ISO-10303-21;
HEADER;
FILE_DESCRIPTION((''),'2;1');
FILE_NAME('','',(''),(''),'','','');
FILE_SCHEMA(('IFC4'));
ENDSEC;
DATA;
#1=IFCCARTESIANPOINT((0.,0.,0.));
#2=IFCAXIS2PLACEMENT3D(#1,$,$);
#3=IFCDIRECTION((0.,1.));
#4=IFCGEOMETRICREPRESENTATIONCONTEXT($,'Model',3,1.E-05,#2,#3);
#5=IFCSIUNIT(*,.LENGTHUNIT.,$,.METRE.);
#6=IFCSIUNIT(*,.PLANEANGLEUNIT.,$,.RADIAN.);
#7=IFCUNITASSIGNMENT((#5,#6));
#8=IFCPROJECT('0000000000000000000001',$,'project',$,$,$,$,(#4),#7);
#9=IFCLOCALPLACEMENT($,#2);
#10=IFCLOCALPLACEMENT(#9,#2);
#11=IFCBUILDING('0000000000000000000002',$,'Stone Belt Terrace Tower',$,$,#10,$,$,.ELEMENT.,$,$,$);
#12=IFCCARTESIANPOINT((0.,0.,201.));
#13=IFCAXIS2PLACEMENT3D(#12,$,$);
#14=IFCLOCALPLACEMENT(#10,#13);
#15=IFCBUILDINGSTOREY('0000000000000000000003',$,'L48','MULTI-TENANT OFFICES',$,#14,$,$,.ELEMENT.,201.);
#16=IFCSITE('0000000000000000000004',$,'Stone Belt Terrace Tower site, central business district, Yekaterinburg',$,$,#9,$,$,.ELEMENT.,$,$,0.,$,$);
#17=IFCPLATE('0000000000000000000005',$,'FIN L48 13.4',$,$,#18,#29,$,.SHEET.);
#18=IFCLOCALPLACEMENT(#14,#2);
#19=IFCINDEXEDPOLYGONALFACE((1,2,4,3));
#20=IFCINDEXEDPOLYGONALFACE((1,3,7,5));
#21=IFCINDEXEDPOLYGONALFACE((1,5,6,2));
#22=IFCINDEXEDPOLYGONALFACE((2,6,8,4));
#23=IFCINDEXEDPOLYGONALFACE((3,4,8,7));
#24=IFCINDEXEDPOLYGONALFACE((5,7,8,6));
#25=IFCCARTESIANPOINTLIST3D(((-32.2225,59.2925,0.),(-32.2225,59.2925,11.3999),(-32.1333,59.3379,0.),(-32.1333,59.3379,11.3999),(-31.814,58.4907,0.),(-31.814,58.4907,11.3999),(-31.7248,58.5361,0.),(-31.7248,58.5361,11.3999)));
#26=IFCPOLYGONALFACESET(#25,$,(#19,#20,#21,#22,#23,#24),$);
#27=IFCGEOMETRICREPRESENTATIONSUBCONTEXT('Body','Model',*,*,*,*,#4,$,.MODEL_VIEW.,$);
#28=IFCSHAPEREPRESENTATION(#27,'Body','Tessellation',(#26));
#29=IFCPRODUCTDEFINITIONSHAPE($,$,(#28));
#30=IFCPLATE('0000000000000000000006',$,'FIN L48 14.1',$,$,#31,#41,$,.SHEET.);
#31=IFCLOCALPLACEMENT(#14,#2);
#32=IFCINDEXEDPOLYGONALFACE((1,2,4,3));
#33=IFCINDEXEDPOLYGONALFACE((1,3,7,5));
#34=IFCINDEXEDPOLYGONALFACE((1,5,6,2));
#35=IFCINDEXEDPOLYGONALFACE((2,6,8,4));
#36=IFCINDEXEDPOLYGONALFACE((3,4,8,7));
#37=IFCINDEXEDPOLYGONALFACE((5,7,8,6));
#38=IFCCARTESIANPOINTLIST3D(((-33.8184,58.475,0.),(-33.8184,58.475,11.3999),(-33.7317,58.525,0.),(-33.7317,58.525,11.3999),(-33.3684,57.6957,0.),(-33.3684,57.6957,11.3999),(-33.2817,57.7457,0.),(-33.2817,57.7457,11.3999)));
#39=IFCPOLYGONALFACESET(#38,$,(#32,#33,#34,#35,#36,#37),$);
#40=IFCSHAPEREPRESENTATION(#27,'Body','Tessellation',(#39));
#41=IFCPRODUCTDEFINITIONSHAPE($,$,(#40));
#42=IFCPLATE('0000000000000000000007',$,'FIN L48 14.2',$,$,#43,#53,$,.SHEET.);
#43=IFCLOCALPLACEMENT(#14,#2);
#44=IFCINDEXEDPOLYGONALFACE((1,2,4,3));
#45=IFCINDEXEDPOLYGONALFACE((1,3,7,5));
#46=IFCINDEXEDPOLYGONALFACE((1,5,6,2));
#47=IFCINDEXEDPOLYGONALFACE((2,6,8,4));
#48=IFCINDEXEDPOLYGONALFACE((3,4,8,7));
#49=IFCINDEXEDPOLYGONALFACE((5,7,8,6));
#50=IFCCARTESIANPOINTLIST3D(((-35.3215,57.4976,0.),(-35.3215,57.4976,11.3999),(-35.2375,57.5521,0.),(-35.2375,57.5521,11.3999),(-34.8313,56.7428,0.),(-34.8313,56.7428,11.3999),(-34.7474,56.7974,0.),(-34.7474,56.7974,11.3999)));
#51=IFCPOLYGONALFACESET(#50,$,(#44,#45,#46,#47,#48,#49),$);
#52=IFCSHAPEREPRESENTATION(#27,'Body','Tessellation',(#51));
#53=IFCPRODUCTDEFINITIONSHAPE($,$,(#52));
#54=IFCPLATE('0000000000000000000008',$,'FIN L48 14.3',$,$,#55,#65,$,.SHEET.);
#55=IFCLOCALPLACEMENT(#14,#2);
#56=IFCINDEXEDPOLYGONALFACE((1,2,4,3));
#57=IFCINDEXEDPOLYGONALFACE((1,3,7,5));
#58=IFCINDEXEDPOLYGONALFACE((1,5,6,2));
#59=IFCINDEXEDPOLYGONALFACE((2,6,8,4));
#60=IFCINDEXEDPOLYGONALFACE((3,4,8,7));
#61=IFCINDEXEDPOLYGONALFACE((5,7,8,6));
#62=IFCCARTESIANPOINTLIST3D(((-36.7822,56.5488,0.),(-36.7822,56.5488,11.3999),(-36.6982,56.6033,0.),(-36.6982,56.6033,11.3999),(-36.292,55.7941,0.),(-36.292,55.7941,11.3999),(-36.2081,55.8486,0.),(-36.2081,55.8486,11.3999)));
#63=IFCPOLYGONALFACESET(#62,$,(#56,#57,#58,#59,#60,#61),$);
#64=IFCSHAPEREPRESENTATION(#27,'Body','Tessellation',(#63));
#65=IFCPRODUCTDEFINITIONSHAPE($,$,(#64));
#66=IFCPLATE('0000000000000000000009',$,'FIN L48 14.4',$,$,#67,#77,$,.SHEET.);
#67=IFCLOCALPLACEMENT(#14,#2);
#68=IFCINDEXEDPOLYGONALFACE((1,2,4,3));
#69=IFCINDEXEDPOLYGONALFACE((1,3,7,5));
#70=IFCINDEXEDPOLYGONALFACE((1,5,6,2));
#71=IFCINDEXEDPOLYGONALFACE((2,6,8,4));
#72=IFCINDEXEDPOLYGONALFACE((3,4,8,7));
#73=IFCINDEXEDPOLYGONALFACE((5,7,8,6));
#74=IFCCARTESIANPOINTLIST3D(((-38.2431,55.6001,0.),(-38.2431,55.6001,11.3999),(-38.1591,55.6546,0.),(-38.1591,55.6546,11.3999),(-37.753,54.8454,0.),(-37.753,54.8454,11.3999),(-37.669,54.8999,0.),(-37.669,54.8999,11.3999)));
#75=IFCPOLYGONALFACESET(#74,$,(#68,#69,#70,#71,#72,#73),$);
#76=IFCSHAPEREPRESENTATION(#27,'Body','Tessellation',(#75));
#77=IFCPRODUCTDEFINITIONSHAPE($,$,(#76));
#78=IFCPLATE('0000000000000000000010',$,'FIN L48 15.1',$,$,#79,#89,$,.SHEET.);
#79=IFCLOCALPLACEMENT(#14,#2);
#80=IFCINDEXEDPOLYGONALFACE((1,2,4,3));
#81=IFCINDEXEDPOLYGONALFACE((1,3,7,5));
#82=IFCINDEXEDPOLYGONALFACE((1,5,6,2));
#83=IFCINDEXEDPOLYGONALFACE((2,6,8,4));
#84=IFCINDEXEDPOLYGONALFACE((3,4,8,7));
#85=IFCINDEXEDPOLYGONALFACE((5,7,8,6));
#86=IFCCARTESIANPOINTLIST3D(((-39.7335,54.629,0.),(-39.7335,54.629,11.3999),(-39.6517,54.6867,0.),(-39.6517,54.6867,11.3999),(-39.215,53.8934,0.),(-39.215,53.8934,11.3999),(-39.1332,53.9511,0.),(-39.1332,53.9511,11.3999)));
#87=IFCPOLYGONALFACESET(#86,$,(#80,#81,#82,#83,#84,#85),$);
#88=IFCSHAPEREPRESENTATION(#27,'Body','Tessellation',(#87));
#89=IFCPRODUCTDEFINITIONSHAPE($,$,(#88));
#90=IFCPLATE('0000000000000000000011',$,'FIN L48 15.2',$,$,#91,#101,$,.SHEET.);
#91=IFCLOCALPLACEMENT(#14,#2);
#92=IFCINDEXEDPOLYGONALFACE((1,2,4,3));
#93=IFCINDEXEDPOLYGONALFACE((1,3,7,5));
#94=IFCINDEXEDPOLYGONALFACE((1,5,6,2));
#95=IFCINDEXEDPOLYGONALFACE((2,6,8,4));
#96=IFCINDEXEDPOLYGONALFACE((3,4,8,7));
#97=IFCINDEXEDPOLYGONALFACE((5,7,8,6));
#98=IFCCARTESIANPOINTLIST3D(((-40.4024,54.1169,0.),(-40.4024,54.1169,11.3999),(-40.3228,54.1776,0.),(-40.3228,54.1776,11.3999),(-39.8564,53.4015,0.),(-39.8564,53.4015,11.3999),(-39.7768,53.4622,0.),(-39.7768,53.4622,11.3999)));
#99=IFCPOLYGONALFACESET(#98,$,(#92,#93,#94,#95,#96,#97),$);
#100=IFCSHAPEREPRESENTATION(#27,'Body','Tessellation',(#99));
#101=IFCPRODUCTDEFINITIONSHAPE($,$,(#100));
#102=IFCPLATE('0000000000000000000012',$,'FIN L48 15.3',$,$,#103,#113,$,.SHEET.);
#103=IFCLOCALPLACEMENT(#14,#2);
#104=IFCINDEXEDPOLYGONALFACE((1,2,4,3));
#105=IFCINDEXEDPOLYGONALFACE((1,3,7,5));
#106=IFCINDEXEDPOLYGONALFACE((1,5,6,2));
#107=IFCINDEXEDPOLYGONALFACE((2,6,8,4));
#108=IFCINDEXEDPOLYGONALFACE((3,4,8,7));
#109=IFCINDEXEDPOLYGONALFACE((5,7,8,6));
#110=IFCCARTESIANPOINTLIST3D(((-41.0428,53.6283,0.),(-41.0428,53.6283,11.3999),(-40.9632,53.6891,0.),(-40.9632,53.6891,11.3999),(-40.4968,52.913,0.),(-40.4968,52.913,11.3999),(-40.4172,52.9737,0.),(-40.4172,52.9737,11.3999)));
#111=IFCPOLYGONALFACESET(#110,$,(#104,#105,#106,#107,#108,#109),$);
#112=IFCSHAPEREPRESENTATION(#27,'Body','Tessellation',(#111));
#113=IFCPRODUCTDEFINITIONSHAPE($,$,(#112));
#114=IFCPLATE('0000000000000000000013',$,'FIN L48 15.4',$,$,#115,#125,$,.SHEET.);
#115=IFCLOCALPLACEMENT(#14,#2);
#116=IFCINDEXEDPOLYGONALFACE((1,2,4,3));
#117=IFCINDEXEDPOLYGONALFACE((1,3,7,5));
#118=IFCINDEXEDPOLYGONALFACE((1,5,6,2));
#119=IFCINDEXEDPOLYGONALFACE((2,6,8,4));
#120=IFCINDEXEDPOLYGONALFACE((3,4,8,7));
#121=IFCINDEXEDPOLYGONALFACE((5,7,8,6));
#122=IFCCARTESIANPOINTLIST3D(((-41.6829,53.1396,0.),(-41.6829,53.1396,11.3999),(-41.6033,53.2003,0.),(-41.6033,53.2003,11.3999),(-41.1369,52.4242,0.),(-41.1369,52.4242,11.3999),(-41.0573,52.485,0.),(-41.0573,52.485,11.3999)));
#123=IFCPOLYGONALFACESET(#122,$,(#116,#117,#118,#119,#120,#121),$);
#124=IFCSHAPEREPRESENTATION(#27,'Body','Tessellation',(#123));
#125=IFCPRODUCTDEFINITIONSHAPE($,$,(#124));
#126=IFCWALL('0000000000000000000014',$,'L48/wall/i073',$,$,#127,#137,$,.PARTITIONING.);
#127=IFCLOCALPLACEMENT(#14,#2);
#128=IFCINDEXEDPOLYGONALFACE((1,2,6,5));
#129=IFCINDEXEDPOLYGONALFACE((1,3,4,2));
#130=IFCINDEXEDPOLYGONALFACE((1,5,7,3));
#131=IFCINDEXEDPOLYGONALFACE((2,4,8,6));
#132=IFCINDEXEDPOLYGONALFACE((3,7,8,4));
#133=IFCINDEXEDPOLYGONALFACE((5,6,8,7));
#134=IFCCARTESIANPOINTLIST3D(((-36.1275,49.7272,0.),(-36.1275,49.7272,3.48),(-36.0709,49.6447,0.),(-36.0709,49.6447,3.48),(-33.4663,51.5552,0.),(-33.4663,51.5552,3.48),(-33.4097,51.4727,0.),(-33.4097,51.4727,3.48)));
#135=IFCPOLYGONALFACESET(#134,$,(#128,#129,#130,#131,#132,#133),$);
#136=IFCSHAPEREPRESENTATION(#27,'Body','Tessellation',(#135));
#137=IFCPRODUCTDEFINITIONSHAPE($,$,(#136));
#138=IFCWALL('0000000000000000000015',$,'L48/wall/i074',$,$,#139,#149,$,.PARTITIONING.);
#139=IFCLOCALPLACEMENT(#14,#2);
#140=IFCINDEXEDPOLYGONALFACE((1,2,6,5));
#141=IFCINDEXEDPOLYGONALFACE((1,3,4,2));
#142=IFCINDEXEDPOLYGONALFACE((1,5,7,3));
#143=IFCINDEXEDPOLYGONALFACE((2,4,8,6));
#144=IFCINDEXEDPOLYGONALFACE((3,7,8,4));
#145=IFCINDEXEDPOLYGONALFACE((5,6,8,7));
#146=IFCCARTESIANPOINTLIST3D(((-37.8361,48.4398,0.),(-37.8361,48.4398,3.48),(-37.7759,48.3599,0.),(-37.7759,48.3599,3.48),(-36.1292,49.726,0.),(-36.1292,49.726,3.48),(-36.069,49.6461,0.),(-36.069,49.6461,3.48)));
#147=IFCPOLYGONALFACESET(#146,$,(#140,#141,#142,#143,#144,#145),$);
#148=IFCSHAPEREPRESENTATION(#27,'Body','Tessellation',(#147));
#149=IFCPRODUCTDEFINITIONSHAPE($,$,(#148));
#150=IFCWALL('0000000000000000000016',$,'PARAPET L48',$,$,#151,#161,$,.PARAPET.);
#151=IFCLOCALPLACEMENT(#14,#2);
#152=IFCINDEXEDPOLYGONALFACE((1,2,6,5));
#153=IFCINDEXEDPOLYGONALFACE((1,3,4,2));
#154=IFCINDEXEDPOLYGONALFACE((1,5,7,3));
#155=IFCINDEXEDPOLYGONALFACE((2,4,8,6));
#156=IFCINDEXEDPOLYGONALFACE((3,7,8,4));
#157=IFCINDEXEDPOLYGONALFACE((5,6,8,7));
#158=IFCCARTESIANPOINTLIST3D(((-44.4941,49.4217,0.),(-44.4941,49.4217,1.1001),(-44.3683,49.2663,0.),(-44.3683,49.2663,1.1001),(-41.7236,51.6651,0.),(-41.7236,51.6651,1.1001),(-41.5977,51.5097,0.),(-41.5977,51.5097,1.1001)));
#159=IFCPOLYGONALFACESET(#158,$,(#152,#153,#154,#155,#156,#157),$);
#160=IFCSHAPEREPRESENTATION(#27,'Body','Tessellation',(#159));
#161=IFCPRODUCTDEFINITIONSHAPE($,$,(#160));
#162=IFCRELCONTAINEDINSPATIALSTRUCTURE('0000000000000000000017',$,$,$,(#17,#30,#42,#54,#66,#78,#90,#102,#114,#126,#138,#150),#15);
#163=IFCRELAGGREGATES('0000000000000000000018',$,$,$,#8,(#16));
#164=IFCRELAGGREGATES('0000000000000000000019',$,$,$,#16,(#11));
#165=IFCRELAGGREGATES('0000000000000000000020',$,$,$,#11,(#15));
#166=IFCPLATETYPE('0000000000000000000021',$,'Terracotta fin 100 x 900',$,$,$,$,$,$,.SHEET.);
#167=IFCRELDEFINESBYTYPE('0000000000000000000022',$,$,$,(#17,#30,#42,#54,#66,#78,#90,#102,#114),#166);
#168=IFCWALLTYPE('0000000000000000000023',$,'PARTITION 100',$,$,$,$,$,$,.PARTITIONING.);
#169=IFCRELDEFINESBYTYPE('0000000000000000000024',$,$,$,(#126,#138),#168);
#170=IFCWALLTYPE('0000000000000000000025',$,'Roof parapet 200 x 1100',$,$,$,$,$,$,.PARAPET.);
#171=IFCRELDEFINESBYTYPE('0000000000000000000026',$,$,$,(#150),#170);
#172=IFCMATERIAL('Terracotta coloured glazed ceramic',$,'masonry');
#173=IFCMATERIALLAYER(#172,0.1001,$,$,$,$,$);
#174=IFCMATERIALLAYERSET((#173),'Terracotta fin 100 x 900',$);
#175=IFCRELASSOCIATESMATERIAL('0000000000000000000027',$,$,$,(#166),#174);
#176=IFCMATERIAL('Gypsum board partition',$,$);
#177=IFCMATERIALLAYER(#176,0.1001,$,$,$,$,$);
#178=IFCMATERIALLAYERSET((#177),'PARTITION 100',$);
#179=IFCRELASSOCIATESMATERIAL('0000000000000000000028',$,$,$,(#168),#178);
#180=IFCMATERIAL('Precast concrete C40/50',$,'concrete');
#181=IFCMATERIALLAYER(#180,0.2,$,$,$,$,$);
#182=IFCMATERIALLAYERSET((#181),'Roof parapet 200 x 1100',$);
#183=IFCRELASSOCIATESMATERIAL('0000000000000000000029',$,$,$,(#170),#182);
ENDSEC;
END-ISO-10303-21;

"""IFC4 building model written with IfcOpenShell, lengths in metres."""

from ifc_helpers import new_model, si_unit, direction, frame, frame_2d, origin, origin_2d, place, context, subcontext, project, spatial, rectangle, extrude, material, layer, layer_set, type_object, element, save


model = new_model("IFC4")

# Units and contexts
model_context = context("Model", 3, precision=1e-05, world=origin(), true_north=direction((0.0, 1.0)))
body_context = subcontext(model_context, "Body", "Model", "MODEL_VIEW")
ifc_project = project(units=[si_unit("LENGTHUNIT", "METRE"), si_unit("PLANEANGLEUNIT", "RADIAN")], contexts=[model_context])

# Site, building, storey
site_placement = place(None, origin())
site = spatial("IfcSite", under=ifc_project, at=site_placement, Name="Stone Belt Terrace Tower site, central business district, Yekaterinburg", CompositionType="ELEMENT", RefElevation=0.0)
building_placement = place(site_placement, origin())
building = spatial("IfcBuilding", under=site, at=building_placement, Name="Stone Belt Terrace Tower", CompositionType="ELEMENT")
storey_placement = place(building_placement, frame((0.0, 0.0, 201.0)))
storey = spatial("IfcBuildingStorey", under=building, at=storey_placement, Name="L48", Description="MULTI-TENANT OFFICES", CompositionType="ELEMENT", Elevation=201.0)

# Plates
ifc_material_1 = material(Name="Terracotta coloured glazed ceramic", Category="masonry")
ifc_layer_1 = layer(ifc_material_1, 0.1001)
ifc_layer_set_1 = layer_set([ifc_layer_1], Name="Terracotta fin 100 x 900")
plate_type_1 = type_object("IfcPlateType", Name="Terracotta fin 100 x 900", PredefinedType="SHEET", material=ifc_layer_set_1)
for number, where, z_axis, x_axis, name in (
    (1, (-31.9736, 58.9143, 0.0), (0.0, 0.0, 1.0), (-0.45399, 0.891007, 0.0), "FIN L48 13.4"),
    (2, (-33.55, 58.1104, 0.0), (0.0, 0.0, 1.0), (-0.5, 0.866025, 0.0), "FIN L48 14.1"),
    (3, (-35.0344, 57.1475, 0.0), (0.0, 0.0, 1.0), (-0.544639, 0.838671, 0.0), "FIN L48 14.2"),
    (4, (-36.4951, 56.1987, 0.0), (0.0, 0.0, 1.0), (-0.544639, 0.838671, 0.0), "FIN L48 14.3"),
    (5, (-37.9561, 55.25, 0.0), (0.0, 0.0, 1.0), (-0.544639, 0.838671, 0.0), "FIN L48 14.4"),
    (6, (-39.4333, 54.29, 0.0), (0.0, 0.0, 1.0), (-0.576102, 0.817378, 0.0), "FIN L48 15.1"),
    (7, (-40.0896, 53.7896, 0.0), (0.0, 0.0, 1.0), (-0.606733, 0.794905, 0.0), "FIN L48 15.2"),
    (8, (-40.73, 53.301, 0.0), (0.0, 0.0, 1.0), (-0.606733, 0.794905, 0.0), "FIN L48 15.3"),
    (9, (-41.3701, 52.8123, 0.0), (0.0, 0.0, 1.0), (-0.606733, 0.794905, 0.0), "FIN L48 15.4"),
):
    element("IfcPlate", number, at=place(storey_placement, frame(where, z_axis=z_axis, x_axis=x_axis)), inside=storey, type_object=plate_type_1, Name=name, PredefinedType="SHEET", context=body_context, shape_type="SweptSolid", body=[
        extrude(rectangle(XDim=0.8999, YDim=0.1001, at=origin_2d()), origin(), (0.0, 0.0, 1.0), 11.3999),
    ])

# Walls
ifc_material_2 = material(Name="Gypsum board partition")
ifc_layer_2 = layer(ifc_material_2, 0.1001)
ifc_layer_set_2 = layer_set([ifc_layer_2], Name="PARTITION 100")
wall_type_1 = type_object("IfcWallType", Name="PARTITION 100", PredefinedType="PARTITIONING", material=ifc_layer_set_2)
wall_1_placement = place(storey_placement, frame((-33.438, 51.5139, 0.0), z_axis=(0.0, 0.0, 1.0), x_axis=(-0.82428, -0.566182, 0.0)))
element("IfcWall", 10, at=wall_1_placement, inside=storey, type_object=wall_type_1, Name="L48/wall/i073", PredefinedType="PARTITIONING", context=body_context, shape_type="SweptSolid", body=[
    extrude(rectangle(XDim=3.2285, YDim=0.1001, at=frame_2d((1.6143, 0.0))), origin(), (0.0, 0.0, 1.0), 3.48),
])
wall_2_placement = place(storey_placement, frame((-36.0991, 49.686, 0.0), z_axis=(0.0, 0.0, 1.0), x_axis=(-0.798641, -0.601808, 0.0)))
element("IfcWall", 11, at=wall_2_placement, inside=storey, type_object=wall_type_1, Name="L48/wall/i074", PredefinedType="PARTITIONING", context=body_context, shape_type="SweptSolid", body=[
    extrude(rectangle(XDim=2.1372, YDim=0.1001, at=frame_2d((1.0686, 0.0))), origin(), (0.0, 0.0, 1.0), 3.48),
])
ifc_material_3 = material(Name="Precast concrete C40/50", Category="concrete")
ifc_layer_3 = layer(ifc_material_3, 0.2)
ifc_layer_set_3 = layer_set([ifc_layer_3], Name="Roof parapet 200 x 1100")
wall_type_2 = type_object("IfcWallType", Name="Roof parapet 200 x 1100", PredefinedType="PARAPET", material=ifc_layer_set_3)
wall_3_placement = place(storey_placement, frame((-41.6606, 51.5874, 0.0), z_axis=(0.0, 0.0, 1.0), x_axis=(-0.77716, -0.629303, 0.0)))
element("IfcWall", 12, at=wall_3_placement, inside=storey, type_object=wall_type_2, Name="PARAPET L48", PredefinedType="PARAPET", context=body_context, shape_type="SweptSolid", body=[
    extrude(rectangle(XDim=3.5649, YDim=0.2, at=frame_2d((1.7825, 0.0))), origin(), (0.0, 0.0, 1.0), 1.1001),
])

save(model, "model.ifc")
